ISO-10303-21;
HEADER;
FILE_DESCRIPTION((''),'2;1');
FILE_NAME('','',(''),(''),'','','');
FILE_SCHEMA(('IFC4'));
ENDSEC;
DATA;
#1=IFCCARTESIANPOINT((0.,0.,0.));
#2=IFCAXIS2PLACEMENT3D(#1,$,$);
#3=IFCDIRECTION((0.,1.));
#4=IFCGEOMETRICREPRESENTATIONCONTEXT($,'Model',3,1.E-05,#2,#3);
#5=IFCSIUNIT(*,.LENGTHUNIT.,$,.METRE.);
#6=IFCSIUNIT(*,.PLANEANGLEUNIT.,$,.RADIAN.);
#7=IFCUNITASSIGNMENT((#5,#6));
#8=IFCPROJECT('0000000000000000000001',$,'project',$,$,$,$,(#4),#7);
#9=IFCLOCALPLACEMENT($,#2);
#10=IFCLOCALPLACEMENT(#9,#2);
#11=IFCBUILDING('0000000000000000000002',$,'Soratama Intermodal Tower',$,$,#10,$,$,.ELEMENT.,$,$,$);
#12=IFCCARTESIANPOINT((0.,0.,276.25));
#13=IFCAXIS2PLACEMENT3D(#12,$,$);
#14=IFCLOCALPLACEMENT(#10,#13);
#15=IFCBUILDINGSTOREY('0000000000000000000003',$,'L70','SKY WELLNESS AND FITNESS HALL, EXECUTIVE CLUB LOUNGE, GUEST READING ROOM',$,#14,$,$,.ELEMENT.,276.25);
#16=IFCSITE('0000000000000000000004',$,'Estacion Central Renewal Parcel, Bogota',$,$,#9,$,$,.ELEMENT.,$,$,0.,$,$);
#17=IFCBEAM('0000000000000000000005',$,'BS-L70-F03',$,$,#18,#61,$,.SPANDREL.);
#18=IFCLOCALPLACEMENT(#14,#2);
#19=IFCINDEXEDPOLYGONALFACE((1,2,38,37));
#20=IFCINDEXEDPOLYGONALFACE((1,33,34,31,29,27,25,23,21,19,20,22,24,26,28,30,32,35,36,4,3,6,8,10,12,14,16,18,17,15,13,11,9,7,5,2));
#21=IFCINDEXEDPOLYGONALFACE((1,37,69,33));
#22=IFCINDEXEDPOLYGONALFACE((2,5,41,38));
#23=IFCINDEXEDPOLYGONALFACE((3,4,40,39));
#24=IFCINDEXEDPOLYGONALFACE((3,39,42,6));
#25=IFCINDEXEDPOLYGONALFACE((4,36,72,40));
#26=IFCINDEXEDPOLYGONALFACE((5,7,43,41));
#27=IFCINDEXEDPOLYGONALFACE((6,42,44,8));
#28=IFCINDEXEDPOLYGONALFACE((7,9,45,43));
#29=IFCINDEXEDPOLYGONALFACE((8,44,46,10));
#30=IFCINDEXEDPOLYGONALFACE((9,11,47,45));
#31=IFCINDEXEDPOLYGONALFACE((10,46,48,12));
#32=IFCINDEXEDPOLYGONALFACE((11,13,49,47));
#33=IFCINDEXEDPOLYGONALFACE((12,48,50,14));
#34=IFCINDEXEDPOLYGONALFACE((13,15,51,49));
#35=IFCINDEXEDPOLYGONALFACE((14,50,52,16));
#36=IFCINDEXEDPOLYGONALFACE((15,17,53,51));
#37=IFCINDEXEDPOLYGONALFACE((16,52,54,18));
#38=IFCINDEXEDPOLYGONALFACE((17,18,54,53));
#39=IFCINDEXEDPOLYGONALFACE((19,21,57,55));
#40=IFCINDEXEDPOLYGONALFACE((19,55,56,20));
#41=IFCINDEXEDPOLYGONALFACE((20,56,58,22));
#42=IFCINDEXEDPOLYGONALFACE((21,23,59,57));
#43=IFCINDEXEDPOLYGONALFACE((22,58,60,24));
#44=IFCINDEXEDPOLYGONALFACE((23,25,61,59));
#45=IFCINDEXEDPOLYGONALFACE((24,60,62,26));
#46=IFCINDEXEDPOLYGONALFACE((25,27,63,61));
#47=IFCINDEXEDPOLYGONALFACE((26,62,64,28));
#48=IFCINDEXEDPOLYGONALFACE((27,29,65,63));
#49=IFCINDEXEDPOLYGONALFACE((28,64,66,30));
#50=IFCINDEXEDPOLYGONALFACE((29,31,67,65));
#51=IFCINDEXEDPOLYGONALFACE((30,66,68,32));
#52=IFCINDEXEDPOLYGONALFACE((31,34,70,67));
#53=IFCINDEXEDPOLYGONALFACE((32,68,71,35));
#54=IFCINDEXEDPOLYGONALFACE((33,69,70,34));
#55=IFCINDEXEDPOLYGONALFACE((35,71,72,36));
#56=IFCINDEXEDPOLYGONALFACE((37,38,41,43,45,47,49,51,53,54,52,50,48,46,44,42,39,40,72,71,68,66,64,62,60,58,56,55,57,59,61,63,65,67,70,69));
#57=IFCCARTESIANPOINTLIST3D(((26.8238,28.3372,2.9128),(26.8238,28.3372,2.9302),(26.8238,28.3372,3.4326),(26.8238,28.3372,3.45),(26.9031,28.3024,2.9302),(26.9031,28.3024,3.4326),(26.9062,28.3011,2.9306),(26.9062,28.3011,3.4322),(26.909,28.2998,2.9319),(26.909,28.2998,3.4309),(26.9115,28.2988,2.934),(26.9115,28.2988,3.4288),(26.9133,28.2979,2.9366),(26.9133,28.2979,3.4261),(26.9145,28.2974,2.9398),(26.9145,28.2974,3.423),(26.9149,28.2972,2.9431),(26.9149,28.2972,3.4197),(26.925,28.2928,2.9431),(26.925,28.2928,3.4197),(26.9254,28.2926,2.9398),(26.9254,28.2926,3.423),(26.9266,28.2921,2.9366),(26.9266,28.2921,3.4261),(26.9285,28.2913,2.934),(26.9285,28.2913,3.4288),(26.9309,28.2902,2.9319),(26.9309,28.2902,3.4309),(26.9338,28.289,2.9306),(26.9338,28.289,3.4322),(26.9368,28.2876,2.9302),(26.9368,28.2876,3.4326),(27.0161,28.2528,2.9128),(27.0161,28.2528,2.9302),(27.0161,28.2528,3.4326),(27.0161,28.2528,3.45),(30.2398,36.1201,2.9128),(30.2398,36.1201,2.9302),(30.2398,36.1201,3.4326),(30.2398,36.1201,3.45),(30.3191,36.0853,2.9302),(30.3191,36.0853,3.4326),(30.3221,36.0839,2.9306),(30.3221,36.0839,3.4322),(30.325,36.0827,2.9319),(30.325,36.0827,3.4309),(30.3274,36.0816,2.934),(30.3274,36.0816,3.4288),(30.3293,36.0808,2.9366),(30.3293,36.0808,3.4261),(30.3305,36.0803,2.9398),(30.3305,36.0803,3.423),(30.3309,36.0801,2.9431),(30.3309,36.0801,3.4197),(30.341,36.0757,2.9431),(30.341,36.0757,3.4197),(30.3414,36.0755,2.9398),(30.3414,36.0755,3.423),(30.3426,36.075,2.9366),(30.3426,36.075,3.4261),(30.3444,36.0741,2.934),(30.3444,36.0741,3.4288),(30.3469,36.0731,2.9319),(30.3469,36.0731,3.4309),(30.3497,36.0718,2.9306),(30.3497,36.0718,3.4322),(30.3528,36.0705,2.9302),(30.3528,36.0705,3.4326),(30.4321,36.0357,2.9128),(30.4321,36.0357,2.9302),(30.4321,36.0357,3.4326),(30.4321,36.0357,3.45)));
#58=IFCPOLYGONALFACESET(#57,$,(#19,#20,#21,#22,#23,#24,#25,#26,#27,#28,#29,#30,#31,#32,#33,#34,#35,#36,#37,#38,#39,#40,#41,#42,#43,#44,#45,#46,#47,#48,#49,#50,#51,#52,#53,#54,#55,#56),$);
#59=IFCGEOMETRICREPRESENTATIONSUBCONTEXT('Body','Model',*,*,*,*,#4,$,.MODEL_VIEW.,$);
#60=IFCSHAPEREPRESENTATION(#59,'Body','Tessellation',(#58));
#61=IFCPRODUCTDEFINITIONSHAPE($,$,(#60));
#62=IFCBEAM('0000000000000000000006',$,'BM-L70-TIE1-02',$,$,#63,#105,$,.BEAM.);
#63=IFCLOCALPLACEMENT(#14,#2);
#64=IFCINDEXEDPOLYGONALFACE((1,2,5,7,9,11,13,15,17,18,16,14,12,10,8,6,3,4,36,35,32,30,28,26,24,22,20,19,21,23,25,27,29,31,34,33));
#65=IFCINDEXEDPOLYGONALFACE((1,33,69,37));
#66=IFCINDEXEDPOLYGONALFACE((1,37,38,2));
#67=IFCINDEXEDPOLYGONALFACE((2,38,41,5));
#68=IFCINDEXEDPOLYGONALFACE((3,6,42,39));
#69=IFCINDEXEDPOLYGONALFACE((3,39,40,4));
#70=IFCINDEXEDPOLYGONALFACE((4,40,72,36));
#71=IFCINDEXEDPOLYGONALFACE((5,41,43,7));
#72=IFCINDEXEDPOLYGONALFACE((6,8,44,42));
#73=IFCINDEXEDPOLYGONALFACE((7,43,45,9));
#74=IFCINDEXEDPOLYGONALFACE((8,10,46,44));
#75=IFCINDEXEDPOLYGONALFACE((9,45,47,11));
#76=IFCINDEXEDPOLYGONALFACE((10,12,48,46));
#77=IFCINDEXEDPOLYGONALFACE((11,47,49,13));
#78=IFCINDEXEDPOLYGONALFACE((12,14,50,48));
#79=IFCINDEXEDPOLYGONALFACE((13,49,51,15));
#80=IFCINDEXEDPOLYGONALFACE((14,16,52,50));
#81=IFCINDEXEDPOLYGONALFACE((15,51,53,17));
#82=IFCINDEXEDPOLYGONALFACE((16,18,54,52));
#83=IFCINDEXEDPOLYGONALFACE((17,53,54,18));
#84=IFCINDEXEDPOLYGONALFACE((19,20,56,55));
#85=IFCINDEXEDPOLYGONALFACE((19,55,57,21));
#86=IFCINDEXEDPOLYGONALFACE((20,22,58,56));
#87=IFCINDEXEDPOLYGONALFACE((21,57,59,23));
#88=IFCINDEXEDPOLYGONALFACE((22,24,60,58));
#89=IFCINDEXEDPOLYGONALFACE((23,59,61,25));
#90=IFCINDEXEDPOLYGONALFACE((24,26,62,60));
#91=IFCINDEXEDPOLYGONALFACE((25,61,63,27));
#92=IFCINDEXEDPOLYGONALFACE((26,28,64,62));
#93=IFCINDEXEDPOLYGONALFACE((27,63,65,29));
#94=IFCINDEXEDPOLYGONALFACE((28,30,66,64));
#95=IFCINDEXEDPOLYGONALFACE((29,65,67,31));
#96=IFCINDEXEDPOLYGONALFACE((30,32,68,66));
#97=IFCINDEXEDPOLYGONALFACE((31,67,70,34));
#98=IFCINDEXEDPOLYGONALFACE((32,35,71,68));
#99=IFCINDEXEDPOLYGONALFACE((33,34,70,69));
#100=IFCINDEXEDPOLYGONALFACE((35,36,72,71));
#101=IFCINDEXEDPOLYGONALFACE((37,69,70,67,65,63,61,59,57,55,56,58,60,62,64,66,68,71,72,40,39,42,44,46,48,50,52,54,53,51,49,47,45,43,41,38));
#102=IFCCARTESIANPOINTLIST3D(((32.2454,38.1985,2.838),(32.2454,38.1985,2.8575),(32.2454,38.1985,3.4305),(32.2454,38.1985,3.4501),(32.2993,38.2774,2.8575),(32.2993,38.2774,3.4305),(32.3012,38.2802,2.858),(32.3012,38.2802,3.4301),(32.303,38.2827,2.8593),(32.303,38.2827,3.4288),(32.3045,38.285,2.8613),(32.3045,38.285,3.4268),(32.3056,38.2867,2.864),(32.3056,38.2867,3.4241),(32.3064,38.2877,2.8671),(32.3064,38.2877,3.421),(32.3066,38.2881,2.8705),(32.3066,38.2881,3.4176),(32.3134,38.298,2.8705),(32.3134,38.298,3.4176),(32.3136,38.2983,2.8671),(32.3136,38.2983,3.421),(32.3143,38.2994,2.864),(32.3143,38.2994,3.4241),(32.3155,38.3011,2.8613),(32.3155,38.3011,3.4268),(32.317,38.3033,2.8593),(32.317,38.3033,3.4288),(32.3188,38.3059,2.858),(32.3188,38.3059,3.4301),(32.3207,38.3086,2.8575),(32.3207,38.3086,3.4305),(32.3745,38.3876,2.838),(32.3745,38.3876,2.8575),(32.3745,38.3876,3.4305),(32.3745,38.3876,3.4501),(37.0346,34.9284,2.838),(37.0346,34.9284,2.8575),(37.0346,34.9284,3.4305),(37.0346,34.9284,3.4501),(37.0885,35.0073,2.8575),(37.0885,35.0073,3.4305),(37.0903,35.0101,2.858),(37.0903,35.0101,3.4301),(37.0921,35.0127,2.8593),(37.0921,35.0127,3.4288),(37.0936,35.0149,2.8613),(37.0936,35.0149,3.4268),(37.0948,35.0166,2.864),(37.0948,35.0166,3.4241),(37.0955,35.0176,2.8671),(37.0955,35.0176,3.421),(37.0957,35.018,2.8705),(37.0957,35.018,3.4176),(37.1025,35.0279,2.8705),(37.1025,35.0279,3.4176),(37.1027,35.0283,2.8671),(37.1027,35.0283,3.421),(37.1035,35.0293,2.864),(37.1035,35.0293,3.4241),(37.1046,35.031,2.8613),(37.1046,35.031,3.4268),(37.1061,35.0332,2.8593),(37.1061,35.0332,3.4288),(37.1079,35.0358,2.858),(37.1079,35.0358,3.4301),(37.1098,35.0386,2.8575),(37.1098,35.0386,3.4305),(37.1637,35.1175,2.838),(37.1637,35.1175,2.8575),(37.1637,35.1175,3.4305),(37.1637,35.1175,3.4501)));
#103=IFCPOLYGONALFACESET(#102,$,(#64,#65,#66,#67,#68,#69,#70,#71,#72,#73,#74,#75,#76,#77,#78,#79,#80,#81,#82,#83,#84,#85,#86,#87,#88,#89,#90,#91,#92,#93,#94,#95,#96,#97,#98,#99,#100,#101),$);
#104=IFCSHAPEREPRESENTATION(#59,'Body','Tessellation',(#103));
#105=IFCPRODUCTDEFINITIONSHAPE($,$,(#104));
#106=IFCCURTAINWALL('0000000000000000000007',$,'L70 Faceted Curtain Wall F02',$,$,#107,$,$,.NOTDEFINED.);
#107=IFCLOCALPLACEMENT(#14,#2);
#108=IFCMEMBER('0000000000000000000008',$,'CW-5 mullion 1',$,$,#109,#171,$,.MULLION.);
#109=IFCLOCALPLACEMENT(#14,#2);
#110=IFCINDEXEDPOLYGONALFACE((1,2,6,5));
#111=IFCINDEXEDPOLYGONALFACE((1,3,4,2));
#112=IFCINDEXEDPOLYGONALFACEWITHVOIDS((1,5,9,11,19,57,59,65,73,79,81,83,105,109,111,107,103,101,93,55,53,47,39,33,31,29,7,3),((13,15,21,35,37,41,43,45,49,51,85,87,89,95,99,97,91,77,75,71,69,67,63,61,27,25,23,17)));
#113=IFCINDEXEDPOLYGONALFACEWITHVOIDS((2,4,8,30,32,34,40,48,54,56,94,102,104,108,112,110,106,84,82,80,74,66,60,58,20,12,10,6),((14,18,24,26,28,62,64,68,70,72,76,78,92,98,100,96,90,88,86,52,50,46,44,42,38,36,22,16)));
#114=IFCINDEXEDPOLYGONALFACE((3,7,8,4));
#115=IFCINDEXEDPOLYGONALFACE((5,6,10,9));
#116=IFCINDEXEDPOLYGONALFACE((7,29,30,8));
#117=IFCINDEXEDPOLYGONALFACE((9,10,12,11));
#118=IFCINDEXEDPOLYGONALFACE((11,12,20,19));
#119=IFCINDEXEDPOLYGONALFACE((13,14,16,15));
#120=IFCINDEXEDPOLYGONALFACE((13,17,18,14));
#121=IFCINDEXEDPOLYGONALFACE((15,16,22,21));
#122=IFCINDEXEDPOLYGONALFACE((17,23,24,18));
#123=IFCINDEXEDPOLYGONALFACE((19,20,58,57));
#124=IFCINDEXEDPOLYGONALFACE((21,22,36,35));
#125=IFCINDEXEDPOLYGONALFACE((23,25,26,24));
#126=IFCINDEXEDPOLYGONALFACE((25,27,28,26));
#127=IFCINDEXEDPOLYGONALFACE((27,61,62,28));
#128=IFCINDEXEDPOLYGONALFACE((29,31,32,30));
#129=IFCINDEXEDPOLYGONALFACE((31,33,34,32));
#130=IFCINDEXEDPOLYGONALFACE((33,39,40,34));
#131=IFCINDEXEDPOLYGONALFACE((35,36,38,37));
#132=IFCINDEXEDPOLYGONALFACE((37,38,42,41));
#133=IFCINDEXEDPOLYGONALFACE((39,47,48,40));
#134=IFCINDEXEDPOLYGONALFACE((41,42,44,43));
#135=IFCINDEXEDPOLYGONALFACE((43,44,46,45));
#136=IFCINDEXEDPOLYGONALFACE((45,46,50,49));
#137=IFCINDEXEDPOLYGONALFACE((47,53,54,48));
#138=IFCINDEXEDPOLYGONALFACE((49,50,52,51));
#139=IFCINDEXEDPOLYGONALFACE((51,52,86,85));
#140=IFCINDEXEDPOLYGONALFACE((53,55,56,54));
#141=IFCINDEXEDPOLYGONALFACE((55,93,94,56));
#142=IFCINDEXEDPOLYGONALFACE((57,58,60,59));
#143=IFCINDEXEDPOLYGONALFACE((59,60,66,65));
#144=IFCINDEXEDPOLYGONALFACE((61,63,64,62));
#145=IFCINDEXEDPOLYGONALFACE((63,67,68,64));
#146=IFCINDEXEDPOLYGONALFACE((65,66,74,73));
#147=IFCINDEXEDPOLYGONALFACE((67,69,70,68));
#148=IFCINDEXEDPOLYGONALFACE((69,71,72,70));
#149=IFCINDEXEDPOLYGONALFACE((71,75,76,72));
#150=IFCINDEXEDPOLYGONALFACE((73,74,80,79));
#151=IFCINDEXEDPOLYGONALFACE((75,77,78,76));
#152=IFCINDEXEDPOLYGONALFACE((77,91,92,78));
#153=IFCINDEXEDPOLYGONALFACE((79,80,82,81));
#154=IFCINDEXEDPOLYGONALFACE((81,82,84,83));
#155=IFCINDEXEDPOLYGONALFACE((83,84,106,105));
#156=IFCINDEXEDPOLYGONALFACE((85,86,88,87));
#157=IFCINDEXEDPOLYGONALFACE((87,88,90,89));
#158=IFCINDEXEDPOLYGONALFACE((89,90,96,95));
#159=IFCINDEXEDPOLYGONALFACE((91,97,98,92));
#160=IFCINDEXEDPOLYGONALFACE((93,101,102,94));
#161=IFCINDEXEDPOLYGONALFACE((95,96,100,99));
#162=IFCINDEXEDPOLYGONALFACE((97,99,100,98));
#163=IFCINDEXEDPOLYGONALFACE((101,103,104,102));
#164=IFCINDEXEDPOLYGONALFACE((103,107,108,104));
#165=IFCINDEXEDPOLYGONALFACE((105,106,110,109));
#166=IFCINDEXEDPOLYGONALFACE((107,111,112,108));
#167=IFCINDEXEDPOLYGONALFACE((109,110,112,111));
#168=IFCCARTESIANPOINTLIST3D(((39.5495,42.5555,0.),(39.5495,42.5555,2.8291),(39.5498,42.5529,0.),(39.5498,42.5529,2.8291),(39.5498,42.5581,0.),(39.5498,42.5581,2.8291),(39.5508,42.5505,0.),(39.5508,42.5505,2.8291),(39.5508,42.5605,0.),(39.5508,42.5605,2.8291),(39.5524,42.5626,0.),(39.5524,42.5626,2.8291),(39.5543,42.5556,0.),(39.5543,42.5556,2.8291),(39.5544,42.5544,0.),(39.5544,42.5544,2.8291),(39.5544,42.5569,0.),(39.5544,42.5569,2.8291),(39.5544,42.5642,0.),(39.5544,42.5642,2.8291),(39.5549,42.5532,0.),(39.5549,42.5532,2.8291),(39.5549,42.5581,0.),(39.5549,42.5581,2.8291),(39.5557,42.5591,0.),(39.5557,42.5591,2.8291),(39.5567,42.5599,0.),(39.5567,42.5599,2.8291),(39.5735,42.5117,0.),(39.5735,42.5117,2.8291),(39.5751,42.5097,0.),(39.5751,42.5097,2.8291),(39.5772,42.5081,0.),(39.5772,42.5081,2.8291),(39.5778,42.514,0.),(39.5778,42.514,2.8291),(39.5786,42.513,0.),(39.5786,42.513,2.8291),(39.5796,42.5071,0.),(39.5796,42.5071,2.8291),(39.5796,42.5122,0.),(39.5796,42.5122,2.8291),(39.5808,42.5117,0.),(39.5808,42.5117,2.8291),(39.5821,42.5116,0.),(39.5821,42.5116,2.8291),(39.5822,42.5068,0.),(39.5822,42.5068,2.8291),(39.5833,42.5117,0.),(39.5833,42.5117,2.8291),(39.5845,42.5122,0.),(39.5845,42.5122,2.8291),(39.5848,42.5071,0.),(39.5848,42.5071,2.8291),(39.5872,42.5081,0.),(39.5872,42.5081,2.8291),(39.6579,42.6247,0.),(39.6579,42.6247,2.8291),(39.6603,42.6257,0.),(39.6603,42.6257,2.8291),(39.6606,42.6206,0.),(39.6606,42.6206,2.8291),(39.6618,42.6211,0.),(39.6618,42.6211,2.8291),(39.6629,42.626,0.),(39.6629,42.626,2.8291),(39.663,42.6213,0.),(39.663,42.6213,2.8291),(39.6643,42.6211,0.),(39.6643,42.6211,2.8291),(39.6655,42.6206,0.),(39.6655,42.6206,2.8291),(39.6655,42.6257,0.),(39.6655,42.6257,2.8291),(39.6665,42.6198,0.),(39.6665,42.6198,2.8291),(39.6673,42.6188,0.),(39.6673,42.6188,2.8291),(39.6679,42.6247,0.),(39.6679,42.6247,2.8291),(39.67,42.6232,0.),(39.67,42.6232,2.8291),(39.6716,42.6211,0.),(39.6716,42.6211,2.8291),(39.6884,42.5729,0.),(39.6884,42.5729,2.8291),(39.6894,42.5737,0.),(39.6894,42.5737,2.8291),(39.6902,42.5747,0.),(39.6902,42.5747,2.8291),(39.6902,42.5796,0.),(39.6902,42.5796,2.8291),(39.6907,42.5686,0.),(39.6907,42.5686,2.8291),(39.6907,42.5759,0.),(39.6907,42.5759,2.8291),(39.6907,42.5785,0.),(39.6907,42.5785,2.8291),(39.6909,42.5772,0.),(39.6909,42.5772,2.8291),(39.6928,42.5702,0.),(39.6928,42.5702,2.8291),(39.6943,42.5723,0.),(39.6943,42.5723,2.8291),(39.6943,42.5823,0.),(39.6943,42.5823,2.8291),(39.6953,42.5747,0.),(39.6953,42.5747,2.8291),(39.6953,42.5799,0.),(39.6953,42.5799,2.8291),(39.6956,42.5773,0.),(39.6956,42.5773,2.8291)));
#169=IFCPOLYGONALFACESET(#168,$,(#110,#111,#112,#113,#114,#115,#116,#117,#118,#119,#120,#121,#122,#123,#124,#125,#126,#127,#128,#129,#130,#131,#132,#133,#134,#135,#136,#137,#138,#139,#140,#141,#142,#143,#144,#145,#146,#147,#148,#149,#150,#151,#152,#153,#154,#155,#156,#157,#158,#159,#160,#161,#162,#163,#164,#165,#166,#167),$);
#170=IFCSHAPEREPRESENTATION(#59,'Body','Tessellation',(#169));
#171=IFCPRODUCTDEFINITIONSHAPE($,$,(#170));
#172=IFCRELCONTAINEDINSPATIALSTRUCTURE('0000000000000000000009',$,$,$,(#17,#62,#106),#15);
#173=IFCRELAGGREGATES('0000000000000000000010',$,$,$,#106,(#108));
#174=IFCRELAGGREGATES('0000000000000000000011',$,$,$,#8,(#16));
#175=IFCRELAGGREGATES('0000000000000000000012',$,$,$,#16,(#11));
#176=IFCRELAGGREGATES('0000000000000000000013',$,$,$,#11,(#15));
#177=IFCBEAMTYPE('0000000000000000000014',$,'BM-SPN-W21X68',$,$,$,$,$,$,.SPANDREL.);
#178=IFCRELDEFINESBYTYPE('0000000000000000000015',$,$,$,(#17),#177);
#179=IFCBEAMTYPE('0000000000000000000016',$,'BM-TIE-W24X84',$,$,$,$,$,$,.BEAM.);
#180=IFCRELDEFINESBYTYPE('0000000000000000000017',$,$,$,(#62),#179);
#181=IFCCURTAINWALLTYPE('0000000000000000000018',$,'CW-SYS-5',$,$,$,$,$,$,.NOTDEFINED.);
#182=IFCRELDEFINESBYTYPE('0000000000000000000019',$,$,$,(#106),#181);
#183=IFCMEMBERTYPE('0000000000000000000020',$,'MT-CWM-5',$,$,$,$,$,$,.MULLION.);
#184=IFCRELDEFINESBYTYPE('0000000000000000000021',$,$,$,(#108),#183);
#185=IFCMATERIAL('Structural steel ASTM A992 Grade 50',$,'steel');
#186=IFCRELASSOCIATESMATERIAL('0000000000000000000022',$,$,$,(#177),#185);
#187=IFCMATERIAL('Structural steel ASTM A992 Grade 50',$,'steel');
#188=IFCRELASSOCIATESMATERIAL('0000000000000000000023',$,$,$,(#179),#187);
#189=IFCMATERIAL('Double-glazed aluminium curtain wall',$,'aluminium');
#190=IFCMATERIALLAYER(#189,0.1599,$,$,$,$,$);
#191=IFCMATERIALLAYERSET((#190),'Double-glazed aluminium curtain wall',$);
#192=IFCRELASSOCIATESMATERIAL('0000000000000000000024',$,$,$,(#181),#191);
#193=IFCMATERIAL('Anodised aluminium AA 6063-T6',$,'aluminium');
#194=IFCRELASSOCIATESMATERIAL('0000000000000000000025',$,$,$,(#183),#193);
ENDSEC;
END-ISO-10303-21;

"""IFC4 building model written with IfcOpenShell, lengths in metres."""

from ifc_helpers import new_model, si_unit, direction, frame, origin, origin_2d, place, context, subcontext, project, spatial, hollow_rectangle, i_section, extrude, material, layer, layer_set, material_profile, profile_set, type_object, element, aggregate, save


model = new_model("IFC4")

# Units and contexts
model_context = context("Model", 3, precision=1e-05, world=origin(), true_north=direction((0.0, 1.0)))
body_context = subcontext(model_context, "Body", "Model", "MODEL_VIEW")
ifc_project = project(units=[si_unit("LENGTHUNIT", "METRE"), si_unit("PLANEANGLEUNIT", "RADIAN")], contexts=[model_context])

# Site, building, storey
site_placement = place(None, origin())
site = spatial("IfcSite", under=ifc_project, at=site_placement, Name="Estacion Central Renewal Parcel, Bogota", CompositionType="ELEMENT", RefElevation=0.0)
building_placement = place(site_placement, origin())
building = spatial("IfcBuilding", under=site, at=building_placement, Name="Soratama Intermodal Tower", CompositionType="ELEMENT")
storey_placement = place(building_placement, frame((0.0, 0.0, 276.25)))
storey = spatial("IfcBuildingStorey", under=building, at=storey_placement, Name="L70", Description="SKY WELLNESS AND FITNESS HALL, EXECUTIVE CLUB LOUNGE, GUEST READING ROOM", CompositionType="ELEMENT", Elevation=276.25)

# Beams
ifc_material_1 = material(Name="Structural steel ASTM A992 Grade 50", Category="steel")
ifc_material_profile_1 = material_profile(ifc_material_1, i_section(OverallWidth=0.21, OverallDepth=0.5371, WebThickness=0.011, FlangeThickness=0.0173, FilletRadius=0.0129, at=origin_2d()), Name="W21X68")
ifc_profile_set_1 = profile_set([ifc_material_profile_1], Name="Structural steel ASTM A992 Grade 50")
beam_type_1 = type_object("IfcBeamType", Name="BM-SPN-W21X68", PredefinedType="SPANDREL", material=ifc_profile_set_1)
beam_1_placement = place(storey_placement, frame((30.3359, 36.0779, 3.1814), z_axis=(-0.401902, -0.915683, 0.0), x_axis=(0.915683, -0.401902, 0.0)))
element("IfcBeam", 1, at=beam_1_placement, inside=storey, type_object=beam_type_1, Name="BS-L70-F03", PredefinedType="SPANDREL", context=body_context, shape_type="SweptSolid", body=[
    extrude(i_section(OverallWidth=0.21, OverallDepth=0.5371, WebThickness=0.011, FlangeThickness=0.0173, FilletRadius=0.0129, at=origin_2d()), origin(), (0.0, 0.0, 1.0), 8.4995),
])
ifc_material_2 = material(Name="Structural steel ASTM A992 Grade 50", Category="steel")
ifc_material_profile_2 = material_profile(ifc_material_2, i_section(OverallWidth=0.229, OverallDepth=0.6121, WebThickness=0.012, FlangeThickness=0.0195, FilletRadius=0.0129, at=origin_2d()), Name="W24X84")
ifc_profile_set_2 = profile_set([ifc_material_profile_2], Name="Structural steel ASTM A992 Grade 50")
beam_type_2 = type_object("IfcBeamType", Name="BM-TIE-W24X84", PredefinedType="BEAM", material=ifc_profile_set_2)
beam_2_placement = place(storey_placement, frame((37.0991, 35.0229, 3.144), z_axis=(-0.825846, 0.563896, 0.0), x_axis=(-0.563896, -0.825846, 0.0)))
element("IfcBeam", 2, at=beam_2_placement, inside=storey, type_object=beam_type_2, Name="BM-L70-TIE1-02", PredefinedType="BEAM", context=body_context, shape_type="SweptSolid", body=[
    extrude(i_section(OverallWidth=0.229, OverallDepth=0.6121, WebThickness=0.012, FlangeThickness=0.0195, FilletRadius=0.0129, at=origin_2d()), origin(), (0.0, 0.0, 1.0), 5.7991),
])

# Curtain wall, member
ifc_material_3 = material(Name="Double-glazed aluminium curtain wall", Category="aluminium")
ifc_layer_1 = layer(ifc_material_3, 0.1599)
ifc_layer_set_1 = layer_set([ifc_layer_1], Name="Double-glazed aluminium curtain wall")
curtain_wall_type = type_object("IfcCurtainWallType", Name="CW-SYS-5", PredefinedType="NOTDEFINED", material=ifc_layer_set_1)
curtain_wall_1_placement = place(storey_placement, origin())
curtain_wall_1 = element("IfcCurtainWall", 3, at=curtain_wall_1_placement, inside=storey, type_object=curtain_wall_type, Name="L70 Faceted Curtain Wall F02", PredefinedType="NOTDEFINED")
ifc_material_4 = material(Name="Anodised aluminium AA 6063-T6", Category="aluminium")
ifc_material_profile_3 = material_profile(ifc_material_4, hollow_rectangle(XDim=0.0649, YDim=0.1399, WallThickness=0.0049, InnerFilletRadius=0.0049, OuterFilletRadius=0.01, at=origin_2d()), Name="CWM140X65X5")
ifc_profile_set_3 = profile_set([ifc_material_profile_3], Name="Anodised aluminium AA 6063-T6")
member_type_1 = type_object("IfcMemberType", Name="MT-CWM-5", PredefinedType="MULLION", material=ifc_profile_set_3)
member_1_placement = place(storey_placement, frame((39.6226, 42.5664, 0.0), z_axis=(0.0, 0.0, 1.0), x_axis=(0.504528, -0.863395, 0.0)))
member_1 = element("IfcMember", 4, at=member_1_placement, type_object=member_type_1, Name="CW-5 mullion 1", PredefinedType="MULLION", context=body_context, shape_type="SweptSolid", body=[
    extrude(hollow_rectangle(XDim=0.0649, YDim=0.1399, WallThickness=0.0049, InnerFilletRadius=0.0049, OuterFilletRadius=0.01, at=origin_2d()), origin(), (0.0, 0.0, 1.0), 2.8291),
])

aggregate(curtain_wall_1, [member_1])

save(model, "model.ifc")
